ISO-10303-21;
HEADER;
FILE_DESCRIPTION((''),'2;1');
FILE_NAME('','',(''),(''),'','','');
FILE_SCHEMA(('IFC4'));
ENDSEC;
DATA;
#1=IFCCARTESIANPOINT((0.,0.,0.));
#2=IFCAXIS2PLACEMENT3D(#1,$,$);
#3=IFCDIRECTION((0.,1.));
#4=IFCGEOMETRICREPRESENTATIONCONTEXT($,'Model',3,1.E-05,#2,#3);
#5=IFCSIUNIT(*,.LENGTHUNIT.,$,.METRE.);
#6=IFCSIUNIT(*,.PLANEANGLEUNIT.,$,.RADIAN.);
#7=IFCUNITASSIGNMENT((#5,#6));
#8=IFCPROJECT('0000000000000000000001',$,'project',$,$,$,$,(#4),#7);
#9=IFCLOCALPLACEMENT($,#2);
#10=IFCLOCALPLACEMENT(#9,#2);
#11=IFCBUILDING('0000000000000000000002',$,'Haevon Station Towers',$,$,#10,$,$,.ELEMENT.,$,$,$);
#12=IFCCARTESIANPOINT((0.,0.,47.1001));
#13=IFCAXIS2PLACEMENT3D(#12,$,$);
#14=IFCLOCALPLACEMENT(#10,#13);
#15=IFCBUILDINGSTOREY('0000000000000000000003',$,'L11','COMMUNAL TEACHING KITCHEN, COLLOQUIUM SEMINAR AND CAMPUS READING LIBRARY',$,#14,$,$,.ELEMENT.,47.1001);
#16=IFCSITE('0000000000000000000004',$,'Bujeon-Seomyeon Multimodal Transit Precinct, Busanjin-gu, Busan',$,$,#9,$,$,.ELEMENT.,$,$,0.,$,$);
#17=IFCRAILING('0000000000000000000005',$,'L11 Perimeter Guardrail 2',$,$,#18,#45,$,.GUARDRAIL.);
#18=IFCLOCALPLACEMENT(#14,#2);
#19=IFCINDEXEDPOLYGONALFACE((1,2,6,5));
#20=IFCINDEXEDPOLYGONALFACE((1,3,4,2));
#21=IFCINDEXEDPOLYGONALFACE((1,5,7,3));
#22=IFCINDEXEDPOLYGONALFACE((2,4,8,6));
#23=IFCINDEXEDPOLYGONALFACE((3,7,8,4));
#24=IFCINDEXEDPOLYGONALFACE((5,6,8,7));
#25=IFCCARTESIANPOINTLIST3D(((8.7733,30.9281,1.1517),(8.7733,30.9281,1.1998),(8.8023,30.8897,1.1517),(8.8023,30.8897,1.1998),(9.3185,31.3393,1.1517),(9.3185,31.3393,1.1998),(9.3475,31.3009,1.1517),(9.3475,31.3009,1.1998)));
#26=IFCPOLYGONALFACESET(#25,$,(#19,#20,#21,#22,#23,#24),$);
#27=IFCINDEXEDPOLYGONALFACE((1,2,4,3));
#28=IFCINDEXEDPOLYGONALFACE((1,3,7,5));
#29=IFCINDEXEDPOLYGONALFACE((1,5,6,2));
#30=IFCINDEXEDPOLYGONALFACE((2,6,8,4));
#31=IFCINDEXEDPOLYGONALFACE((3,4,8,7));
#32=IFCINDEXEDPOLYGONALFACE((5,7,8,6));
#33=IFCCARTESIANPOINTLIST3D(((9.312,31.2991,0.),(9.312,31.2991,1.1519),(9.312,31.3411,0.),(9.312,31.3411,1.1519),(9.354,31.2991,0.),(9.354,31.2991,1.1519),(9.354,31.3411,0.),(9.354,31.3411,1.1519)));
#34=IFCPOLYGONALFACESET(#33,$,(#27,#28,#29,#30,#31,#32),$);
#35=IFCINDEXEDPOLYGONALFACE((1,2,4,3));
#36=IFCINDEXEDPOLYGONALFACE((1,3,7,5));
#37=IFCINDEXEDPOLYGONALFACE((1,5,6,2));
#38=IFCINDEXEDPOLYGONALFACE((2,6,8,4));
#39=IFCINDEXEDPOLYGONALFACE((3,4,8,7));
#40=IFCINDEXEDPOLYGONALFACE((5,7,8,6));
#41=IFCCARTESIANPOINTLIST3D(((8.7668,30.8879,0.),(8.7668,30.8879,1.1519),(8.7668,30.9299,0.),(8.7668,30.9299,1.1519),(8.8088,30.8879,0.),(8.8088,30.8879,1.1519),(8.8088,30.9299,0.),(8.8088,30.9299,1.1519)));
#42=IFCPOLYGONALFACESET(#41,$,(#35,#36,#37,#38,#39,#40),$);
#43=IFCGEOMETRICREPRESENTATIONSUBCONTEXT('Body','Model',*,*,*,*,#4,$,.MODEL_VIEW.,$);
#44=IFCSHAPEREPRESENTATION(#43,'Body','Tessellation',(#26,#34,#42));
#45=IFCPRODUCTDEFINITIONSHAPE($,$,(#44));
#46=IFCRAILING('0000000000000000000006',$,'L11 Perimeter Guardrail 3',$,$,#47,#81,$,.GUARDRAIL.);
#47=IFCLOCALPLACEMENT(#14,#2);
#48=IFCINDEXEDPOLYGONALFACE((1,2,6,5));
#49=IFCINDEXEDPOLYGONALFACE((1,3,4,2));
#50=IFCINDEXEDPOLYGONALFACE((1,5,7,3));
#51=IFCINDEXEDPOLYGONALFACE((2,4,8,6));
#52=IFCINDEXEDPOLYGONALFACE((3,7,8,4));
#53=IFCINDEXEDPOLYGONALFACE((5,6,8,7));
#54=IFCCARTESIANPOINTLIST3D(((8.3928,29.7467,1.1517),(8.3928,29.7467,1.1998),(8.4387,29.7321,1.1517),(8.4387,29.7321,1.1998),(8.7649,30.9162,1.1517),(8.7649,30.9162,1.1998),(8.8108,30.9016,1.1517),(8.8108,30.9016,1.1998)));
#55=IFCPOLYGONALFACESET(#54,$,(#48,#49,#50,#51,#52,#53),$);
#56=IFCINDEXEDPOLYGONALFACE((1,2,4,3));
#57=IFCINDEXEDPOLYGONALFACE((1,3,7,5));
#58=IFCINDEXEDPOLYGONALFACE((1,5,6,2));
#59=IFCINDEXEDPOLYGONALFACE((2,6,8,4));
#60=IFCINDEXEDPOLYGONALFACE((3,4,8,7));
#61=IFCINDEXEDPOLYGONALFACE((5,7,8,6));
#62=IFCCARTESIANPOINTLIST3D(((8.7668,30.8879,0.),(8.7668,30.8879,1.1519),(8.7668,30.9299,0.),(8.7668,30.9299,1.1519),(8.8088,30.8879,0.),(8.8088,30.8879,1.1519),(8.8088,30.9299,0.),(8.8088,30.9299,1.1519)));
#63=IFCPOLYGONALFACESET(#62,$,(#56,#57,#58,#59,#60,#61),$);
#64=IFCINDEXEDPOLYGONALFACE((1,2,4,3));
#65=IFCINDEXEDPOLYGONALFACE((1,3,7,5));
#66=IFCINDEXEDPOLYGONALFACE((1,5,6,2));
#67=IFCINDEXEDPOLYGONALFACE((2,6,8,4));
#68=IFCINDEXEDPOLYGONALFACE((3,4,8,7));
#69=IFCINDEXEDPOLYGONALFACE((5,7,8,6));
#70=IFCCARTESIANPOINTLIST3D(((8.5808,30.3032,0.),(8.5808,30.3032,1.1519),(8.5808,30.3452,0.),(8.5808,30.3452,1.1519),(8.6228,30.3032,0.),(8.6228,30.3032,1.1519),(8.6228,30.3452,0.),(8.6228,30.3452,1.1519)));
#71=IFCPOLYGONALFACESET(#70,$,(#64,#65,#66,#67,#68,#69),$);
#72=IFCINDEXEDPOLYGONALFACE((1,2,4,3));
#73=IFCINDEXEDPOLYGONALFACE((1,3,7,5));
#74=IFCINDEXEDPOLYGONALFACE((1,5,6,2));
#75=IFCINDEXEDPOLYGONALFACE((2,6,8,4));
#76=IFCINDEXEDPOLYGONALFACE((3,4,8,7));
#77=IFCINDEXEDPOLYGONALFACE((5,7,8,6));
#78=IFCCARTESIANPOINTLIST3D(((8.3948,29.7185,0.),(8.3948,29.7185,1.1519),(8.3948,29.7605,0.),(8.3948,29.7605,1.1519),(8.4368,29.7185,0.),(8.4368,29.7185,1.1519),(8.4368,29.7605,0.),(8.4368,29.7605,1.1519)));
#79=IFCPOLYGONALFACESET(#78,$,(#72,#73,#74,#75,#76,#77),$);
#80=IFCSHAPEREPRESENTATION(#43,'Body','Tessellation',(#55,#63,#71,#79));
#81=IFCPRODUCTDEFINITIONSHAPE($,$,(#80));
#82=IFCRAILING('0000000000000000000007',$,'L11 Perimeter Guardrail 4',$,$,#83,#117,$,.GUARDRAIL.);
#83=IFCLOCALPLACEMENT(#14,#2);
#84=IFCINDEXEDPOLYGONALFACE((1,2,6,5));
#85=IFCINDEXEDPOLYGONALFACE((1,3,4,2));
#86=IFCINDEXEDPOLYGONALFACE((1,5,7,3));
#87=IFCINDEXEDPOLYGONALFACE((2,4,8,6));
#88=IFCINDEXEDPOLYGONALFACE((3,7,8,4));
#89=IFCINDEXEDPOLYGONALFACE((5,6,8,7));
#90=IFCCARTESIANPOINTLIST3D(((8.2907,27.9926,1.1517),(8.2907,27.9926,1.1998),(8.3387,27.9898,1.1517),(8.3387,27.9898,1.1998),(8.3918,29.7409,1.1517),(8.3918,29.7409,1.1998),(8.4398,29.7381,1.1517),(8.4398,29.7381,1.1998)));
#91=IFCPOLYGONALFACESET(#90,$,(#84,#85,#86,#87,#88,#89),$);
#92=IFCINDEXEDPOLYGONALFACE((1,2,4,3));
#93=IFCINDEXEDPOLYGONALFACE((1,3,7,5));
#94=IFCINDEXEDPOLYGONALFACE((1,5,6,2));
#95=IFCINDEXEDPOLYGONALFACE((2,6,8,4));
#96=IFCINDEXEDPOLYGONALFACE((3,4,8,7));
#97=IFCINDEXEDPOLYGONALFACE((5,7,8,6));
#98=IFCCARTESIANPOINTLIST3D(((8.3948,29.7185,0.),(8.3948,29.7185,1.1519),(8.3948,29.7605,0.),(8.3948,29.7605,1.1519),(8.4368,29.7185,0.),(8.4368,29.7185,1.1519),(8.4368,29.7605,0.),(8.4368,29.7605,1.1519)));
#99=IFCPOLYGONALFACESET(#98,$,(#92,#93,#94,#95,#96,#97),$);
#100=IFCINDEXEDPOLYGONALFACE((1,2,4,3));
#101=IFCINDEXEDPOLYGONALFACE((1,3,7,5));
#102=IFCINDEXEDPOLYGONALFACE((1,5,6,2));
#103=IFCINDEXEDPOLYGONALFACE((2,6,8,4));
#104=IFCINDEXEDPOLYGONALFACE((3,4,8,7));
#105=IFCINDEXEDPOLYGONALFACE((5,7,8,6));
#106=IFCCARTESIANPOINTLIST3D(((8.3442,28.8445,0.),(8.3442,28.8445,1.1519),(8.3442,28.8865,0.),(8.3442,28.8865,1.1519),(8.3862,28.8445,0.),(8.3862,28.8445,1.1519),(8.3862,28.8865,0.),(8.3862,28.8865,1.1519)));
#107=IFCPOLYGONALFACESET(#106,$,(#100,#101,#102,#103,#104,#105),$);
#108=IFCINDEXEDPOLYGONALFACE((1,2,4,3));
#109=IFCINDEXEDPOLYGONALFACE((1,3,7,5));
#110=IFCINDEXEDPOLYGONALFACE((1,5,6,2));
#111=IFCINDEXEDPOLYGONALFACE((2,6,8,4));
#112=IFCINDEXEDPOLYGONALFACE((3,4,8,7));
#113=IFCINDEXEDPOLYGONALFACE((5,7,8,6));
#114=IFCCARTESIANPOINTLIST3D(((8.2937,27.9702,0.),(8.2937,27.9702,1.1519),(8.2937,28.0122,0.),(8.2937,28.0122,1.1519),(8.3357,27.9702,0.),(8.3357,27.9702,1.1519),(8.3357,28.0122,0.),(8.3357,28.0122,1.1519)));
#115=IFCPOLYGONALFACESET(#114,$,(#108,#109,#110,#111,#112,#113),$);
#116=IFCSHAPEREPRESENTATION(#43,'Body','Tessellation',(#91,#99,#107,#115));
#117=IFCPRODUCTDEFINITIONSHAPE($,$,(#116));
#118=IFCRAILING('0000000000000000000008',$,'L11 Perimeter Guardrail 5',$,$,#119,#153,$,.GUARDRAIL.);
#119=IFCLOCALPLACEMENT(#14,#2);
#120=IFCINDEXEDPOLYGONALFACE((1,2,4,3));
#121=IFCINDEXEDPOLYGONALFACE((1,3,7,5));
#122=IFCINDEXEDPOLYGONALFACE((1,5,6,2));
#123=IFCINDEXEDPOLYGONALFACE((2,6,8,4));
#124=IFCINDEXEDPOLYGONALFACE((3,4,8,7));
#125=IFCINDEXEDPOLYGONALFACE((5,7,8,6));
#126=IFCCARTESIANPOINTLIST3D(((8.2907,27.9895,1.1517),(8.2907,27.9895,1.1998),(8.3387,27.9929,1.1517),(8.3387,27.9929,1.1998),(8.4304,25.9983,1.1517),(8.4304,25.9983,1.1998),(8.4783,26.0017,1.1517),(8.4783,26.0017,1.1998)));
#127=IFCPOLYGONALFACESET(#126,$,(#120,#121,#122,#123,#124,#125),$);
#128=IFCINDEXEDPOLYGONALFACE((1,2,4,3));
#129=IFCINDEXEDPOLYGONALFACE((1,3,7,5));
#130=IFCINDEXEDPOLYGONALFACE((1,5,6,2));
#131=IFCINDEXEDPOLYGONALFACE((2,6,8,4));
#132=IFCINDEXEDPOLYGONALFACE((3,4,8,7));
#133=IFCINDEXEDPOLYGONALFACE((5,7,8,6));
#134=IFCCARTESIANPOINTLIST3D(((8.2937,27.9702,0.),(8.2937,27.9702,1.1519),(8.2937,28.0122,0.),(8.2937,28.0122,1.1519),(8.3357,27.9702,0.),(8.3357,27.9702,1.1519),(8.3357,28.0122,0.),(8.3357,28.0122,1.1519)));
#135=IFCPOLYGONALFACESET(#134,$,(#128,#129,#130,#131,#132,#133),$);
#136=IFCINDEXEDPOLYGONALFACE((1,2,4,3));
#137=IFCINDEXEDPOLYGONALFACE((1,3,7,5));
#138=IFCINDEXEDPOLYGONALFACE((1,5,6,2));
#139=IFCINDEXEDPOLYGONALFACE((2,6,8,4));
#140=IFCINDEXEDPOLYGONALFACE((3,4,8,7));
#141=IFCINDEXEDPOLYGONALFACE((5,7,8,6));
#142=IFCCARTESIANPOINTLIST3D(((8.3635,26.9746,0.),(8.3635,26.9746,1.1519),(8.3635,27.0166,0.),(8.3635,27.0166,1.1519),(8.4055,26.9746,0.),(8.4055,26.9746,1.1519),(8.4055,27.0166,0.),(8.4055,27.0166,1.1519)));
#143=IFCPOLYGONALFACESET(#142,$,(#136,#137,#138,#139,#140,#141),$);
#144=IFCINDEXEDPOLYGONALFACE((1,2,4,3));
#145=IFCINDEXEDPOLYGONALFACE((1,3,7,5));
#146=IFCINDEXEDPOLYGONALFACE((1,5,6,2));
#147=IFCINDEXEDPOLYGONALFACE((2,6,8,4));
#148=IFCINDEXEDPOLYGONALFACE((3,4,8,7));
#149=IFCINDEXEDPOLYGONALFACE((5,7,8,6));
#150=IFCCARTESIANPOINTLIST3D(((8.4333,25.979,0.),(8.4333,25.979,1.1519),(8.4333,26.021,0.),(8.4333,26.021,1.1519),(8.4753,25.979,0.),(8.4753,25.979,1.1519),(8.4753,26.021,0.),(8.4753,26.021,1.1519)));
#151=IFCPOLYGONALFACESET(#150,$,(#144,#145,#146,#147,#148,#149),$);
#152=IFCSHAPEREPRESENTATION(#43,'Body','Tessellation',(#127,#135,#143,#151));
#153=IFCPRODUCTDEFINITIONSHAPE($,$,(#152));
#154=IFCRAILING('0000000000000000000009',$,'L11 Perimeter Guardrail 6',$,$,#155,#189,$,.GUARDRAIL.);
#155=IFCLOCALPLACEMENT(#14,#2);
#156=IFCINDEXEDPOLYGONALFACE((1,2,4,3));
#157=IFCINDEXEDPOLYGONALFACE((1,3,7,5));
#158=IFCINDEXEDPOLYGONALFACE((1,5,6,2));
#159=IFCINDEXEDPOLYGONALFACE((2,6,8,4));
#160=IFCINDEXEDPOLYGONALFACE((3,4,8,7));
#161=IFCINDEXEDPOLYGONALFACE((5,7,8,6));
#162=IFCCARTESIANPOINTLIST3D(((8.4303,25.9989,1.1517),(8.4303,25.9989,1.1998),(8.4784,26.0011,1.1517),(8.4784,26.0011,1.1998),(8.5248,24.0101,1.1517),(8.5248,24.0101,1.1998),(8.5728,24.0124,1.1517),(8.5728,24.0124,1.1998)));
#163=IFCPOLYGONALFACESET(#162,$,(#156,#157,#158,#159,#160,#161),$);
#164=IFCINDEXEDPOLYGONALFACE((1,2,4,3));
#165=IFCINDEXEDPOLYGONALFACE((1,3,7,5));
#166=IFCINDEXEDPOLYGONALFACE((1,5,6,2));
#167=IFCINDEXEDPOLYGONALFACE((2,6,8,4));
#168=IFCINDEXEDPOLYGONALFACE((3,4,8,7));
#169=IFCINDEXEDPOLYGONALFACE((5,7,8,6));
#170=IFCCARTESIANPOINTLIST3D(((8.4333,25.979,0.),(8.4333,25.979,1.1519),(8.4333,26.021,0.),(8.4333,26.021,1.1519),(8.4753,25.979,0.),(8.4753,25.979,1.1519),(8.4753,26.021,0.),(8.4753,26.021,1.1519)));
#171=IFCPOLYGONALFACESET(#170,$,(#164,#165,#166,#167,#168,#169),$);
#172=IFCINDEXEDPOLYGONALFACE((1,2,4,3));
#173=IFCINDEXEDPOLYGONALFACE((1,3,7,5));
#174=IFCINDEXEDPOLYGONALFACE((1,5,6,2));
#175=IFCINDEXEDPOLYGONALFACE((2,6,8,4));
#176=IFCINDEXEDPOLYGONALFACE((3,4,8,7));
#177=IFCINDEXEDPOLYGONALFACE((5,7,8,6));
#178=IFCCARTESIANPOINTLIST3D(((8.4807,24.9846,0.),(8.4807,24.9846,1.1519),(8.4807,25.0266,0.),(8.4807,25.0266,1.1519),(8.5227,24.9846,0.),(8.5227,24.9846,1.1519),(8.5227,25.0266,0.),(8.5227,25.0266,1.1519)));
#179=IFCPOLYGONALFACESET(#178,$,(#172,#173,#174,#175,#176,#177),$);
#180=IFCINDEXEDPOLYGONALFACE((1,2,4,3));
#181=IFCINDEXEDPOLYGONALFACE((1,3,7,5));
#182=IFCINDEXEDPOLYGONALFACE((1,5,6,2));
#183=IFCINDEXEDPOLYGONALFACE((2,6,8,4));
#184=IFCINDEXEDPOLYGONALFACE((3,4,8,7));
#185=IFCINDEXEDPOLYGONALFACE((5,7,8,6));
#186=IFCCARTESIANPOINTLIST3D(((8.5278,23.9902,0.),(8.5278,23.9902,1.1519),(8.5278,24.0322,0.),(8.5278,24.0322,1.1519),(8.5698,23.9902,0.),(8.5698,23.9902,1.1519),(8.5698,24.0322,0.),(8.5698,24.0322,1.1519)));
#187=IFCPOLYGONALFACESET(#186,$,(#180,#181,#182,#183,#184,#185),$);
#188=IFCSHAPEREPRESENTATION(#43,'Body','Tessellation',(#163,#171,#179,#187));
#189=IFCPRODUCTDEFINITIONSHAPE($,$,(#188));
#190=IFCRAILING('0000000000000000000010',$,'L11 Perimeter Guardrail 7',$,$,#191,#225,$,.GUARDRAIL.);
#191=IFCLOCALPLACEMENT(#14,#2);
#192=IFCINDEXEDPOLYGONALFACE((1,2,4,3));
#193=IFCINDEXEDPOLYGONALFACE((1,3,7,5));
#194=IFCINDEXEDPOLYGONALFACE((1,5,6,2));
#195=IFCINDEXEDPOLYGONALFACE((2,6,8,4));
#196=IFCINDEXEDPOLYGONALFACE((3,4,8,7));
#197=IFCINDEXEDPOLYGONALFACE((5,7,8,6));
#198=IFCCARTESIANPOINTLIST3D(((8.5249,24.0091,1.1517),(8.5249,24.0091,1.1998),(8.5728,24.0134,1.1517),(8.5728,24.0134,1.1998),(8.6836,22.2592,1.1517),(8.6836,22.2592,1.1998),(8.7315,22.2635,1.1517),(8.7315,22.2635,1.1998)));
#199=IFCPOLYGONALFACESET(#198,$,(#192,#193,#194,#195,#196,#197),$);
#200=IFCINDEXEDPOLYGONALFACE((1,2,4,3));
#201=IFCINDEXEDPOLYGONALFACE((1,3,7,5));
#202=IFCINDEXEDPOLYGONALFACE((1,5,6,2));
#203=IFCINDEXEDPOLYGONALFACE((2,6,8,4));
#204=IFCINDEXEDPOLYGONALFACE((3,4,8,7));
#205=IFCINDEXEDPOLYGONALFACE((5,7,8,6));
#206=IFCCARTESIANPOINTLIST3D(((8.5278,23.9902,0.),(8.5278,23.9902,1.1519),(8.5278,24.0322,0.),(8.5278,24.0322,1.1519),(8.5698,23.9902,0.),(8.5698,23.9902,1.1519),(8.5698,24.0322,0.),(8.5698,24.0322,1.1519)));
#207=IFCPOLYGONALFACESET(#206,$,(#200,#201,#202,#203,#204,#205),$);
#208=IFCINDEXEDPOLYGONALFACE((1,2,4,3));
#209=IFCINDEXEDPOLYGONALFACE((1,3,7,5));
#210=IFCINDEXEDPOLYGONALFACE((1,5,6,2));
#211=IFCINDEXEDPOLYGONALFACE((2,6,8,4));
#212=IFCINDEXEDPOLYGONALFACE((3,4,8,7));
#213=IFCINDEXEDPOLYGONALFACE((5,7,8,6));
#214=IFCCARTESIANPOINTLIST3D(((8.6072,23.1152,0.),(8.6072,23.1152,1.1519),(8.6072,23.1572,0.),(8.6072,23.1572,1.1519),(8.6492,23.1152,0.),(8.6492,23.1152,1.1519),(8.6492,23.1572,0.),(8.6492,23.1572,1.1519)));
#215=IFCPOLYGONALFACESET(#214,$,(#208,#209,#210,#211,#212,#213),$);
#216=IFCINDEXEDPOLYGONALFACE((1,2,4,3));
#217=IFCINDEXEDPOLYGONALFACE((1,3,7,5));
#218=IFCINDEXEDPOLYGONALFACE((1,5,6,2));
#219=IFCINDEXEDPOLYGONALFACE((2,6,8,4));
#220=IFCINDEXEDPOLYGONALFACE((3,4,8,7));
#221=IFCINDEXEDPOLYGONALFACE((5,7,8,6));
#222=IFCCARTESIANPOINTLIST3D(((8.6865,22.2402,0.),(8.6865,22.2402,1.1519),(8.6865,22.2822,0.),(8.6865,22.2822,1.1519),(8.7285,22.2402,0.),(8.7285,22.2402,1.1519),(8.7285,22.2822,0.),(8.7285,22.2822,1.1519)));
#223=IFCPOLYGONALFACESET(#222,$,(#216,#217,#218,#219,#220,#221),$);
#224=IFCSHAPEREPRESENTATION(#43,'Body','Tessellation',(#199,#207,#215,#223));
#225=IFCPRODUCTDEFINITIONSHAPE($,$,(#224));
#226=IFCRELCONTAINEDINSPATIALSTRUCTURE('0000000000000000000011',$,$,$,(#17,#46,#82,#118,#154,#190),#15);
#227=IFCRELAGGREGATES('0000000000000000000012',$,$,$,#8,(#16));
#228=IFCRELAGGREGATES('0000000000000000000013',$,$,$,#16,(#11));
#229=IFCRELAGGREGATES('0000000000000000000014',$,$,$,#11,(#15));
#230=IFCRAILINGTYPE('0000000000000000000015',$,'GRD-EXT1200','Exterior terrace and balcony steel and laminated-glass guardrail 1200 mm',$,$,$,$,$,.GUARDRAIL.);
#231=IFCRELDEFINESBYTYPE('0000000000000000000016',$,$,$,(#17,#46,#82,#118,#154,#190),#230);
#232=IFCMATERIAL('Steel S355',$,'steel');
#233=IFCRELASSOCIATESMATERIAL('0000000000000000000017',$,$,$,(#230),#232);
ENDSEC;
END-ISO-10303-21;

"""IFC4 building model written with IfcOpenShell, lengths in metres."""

from ifc_helpers import new_model, si_unit, direction, frame, origin, origin_2d, place, context, subcontext, project, spatial, rectangle, extrude, material, type_object, element, save


model = new_model("IFC4")

# Units and contexts
model_context = context("Model", 3, precision=1e-05, world=origin(), true_north=direction((0.0, 1.0)))
body_context = subcontext(model_context, "Body", "Model", "MODEL_VIEW")
ifc_project = project(units=[si_unit("LENGTHUNIT", "METRE"), si_unit("PLANEANGLEUNIT", "RADIAN")], contexts=[model_context])

# Site, building, storey
site_placement = place(None, origin())
site = spatial("IfcSite", under=ifc_project, at=site_placement, Name="Bujeon-Seomyeon Multimodal Transit Precinct, Busanjin-gu, Busan", CompositionType="ELEMENT", RefElevation=0.0)
building_placement = place(site_placement, origin())
building = spatial("IfcBuilding", under=site, at=building_placement, Name="Haevon Station Towers", CompositionType="ELEMENT")
storey_placement = place(building_placement, frame((0.0, 0.0, 47.1001)))
storey = spatial("IfcBuildingStorey", under=building, at=storey_placement, Name="L11", Description="COMMUNAL TEACHING KITCHEN, COLLOQUIUM SEMINAR AND CAMPUS READING LIBRARY", CompositionType="ELEMENT", Elevation=47.1001)

# Shared definitions
ifc_material_1 = material(Name="Steel S355", Category="steel")

# Railings
railing_type = type_object("IfcRailingType", Name="GRD-EXT1200", Description="Exterior terrace and balcony steel and laminated-glass guardrail 1200 mm", PredefinedType="GUARDRAIL", material=ifc_material_1)
railing_1_placement = place(storey_placement, frame((9.333, 31.3201, 0.0)))
element("IfcRailing", 1, at=railing_1_placement, inside=storey, type_object=railing_type, Name="L11 Perimeter Guardrail 2", PredefinedType="GUARDRAIL", context=body_context, shape_type="SweptSolid", body=[
    extrude(rectangle(XDim=0.0481, YDim=0.0481, at=origin_2d()), frame((0.0, 0.0, 1.1758), z_axis=(-0.79841, -0.602115, 0.0), x_axis=(0.602115, -0.79841, 0.0)), (0.0, 0.0, 1.0), 0.6829),
    extrude(rectangle(XDim=0.042, YDim=0.042, at=origin_2d()), origin(), (0.0, 0.0, 1.0), 1.1519),
    extrude(rectangle(XDim=0.042, YDim=0.042, at=origin_2d()), frame((-0.5452, -0.4111, 0.0)), (0.0, 0.0, 1.0), 1.1519),
])
railing_2_placement = place(storey_placement, frame((8.7878, 30.9089, 0.0)))
element("IfcRailing", 2, at=railing_2_placement, inside=storey, type_object=railing_type, Name="L11 Perimeter Guardrail 3", PredefinedType="GUARDRAIL", context=body_context, shape_type="SweptSolid", body=[
    extrude(rectangle(XDim=0.0481, YDim=0.0481, at=origin_2d()), frame((0.0, 0.0, 1.1758), z_axis=(-0.303187, -0.952931, 0.0), x_axis=(0.952931, -0.303187, 0.0)), (0.0, 0.0, 1.0), 1.2273),
    extrude(rectangle(XDim=0.042, YDim=0.042, at=origin_2d()), origin(), (0.0, 0.0, 1.0), 1.1519),
    extrude(rectangle(XDim=0.042, YDim=0.042, at=origin_2d()), frame((-0.186, -0.5847, 0.0)), (0.0, 0.0, 1.0), 1.1519),
    extrude(rectangle(XDim=0.042, YDim=0.042, at=origin_2d()), frame((-0.3721, -1.1694, 0.0)), (0.0, 0.0, 1.0), 1.1519),
])
railing_3_placement = place(storey_placement, frame((8.4158, 29.7395, 0.0)))
element("IfcRailing", 3, at=railing_3_placement, inside=storey, type_object=railing_type, Name="L11 Perimeter Guardrail 4", PredefinedType="GUARDRAIL", context=body_context, shape_type="SweptSolid", body=[
    extrude(rectangle(XDim=0.0481, YDim=0.0481, at=origin_2d()), frame((0.0, 0.0, 1.1758), z_axis=(-0.057717, -0.998333, 0.0), x_axis=(0.998333, -0.057717, 0.0)), (0.0, 0.0, 1.0), 1.7512),
    extrude(rectangle(XDim=0.042, YDim=0.042, at=origin_2d()), origin(), (0.0, 0.0, 1.0), 1.1519),
    extrude(rectangle(XDim=0.042, YDim=0.042, at=origin_2d()), frame((-0.0505, -0.874, 0.0)), (0.0, 0.0, 1.0), 1.1519),
    extrude(rectangle(XDim=0.042, YDim=0.042, at=origin_2d()), frame((-0.1011, -1.7483, 0.0)), (0.0, 0.0, 1.0), 1.1519),
])
railing_4_placement = place(storey_placement, frame((8.3147, 27.9912, 0.0)))
element("IfcRailing", 4, at=railing_4_placement, inside=storey, type_object=railing_type, Name="L11 Perimeter Guardrail 5", PredefinedType="GUARDRAIL", context=body_context, shape_type="SweptSolid", body=[
    extrude(rectangle(XDim=0.0481, YDim=0.0481, at=origin_2d()), frame((0.0, 0.0, 1.1758), z_axis=(0.069961, -0.99755, 0.0), x_axis=(0.99755, 0.069961, 0.0)), (0.0, 0.0, 1.0), 1.9961),
    extrude(rectangle(XDim=0.042, YDim=0.042, at=origin_2d()), origin(), (0.0, 0.0, 1.0), 1.1519),
    extrude(rectangle(XDim=0.042, YDim=0.042, at=origin_2d()), frame((0.0698, -0.9956, 0.0)), (0.0, 0.0, 1.0), 1.1519),
    extrude(rectangle(XDim=0.042, YDim=0.042, at=origin_2d()), frame((0.1396, -1.9912, 0.0)), (0.0, 0.0, 1.0), 1.1519),
])
railing_5_placement = place(storey_placement, frame((8.4543, 26.0, 0.0)))
element("IfcRailing", 5, at=railing_5_placement, inside=storey, type_object=railing_type, Name="L11 Perimeter Guardrail 6", PredefinedType="GUARDRAIL", context=body_context, shape_type="SweptSolid", body=[
    extrude(rectangle(XDim=0.0481, YDim=0.0481, at=origin_2d()), frame((0.0, 0.0, 1.1758), z_axis=(0.047454, -0.998873, 0.0), x_axis=(0.998873, 0.047454, 0.0)), (0.0, 0.0, 1.0), 1.991),
    extrude(rectangle(XDim=0.042, YDim=0.042, at=origin_2d()), origin(), (0.0, 0.0, 1.0), 1.1519),
    extrude(rectangle(XDim=0.042, YDim=0.042, at=origin_2d()), frame((0.0474, -0.9944, 0.0)), (0.0, 0.0, 1.0), 1.1519),
    extrude(rectangle(XDim=0.042, YDim=0.042, at=origin_2d()), frame((0.0945, -1.9888, 0.0)), (0.0, 0.0, 1.0), 1.1519),
])
railing_6_placement = place(storey_placement, frame((8.5488, 24.0112, 0.0)))
element("IfcRailing", 6, at=railing_6_placement, inside=storey, type_object=railing_type, Name="L11 Perimeter Guardrail 7", PredefinedType="GUARDRAIL", context=body_context, shape_type="SweptSolid", body=[
    extrude(rectangle(XDim=0.0481, YDim=0.0481, at=origin_2d()), frame((0.0, 0.0, 1.1758), z_axis=(0.09031, -0.995914, 0.0), x_axis=(0.995914, 0.09031, 0.0)), (0.0, 0.0, 1.0), 1.7571),
    extrude(rectangle(XDim=0.042, YDim=0.042, at=origin_2d()), origin(), (0.0, 0.0, 1.0), 1.1519),
    extrude(rectangle(XDim=0.042, YDim=0.042, at=origin_2d()), frame((0.0793, -0.875, 0.0)), (0.0, 0.0, 1.0), 1.1519),
    extrude(rectangle(XDim=0.042, YDim=0.042, at=origin_2d()), frame((0.1587, -1.75, 0.0)), (0.0, 0.0, 1.0), 1.1519),
])

save(model, "model.ifc")
